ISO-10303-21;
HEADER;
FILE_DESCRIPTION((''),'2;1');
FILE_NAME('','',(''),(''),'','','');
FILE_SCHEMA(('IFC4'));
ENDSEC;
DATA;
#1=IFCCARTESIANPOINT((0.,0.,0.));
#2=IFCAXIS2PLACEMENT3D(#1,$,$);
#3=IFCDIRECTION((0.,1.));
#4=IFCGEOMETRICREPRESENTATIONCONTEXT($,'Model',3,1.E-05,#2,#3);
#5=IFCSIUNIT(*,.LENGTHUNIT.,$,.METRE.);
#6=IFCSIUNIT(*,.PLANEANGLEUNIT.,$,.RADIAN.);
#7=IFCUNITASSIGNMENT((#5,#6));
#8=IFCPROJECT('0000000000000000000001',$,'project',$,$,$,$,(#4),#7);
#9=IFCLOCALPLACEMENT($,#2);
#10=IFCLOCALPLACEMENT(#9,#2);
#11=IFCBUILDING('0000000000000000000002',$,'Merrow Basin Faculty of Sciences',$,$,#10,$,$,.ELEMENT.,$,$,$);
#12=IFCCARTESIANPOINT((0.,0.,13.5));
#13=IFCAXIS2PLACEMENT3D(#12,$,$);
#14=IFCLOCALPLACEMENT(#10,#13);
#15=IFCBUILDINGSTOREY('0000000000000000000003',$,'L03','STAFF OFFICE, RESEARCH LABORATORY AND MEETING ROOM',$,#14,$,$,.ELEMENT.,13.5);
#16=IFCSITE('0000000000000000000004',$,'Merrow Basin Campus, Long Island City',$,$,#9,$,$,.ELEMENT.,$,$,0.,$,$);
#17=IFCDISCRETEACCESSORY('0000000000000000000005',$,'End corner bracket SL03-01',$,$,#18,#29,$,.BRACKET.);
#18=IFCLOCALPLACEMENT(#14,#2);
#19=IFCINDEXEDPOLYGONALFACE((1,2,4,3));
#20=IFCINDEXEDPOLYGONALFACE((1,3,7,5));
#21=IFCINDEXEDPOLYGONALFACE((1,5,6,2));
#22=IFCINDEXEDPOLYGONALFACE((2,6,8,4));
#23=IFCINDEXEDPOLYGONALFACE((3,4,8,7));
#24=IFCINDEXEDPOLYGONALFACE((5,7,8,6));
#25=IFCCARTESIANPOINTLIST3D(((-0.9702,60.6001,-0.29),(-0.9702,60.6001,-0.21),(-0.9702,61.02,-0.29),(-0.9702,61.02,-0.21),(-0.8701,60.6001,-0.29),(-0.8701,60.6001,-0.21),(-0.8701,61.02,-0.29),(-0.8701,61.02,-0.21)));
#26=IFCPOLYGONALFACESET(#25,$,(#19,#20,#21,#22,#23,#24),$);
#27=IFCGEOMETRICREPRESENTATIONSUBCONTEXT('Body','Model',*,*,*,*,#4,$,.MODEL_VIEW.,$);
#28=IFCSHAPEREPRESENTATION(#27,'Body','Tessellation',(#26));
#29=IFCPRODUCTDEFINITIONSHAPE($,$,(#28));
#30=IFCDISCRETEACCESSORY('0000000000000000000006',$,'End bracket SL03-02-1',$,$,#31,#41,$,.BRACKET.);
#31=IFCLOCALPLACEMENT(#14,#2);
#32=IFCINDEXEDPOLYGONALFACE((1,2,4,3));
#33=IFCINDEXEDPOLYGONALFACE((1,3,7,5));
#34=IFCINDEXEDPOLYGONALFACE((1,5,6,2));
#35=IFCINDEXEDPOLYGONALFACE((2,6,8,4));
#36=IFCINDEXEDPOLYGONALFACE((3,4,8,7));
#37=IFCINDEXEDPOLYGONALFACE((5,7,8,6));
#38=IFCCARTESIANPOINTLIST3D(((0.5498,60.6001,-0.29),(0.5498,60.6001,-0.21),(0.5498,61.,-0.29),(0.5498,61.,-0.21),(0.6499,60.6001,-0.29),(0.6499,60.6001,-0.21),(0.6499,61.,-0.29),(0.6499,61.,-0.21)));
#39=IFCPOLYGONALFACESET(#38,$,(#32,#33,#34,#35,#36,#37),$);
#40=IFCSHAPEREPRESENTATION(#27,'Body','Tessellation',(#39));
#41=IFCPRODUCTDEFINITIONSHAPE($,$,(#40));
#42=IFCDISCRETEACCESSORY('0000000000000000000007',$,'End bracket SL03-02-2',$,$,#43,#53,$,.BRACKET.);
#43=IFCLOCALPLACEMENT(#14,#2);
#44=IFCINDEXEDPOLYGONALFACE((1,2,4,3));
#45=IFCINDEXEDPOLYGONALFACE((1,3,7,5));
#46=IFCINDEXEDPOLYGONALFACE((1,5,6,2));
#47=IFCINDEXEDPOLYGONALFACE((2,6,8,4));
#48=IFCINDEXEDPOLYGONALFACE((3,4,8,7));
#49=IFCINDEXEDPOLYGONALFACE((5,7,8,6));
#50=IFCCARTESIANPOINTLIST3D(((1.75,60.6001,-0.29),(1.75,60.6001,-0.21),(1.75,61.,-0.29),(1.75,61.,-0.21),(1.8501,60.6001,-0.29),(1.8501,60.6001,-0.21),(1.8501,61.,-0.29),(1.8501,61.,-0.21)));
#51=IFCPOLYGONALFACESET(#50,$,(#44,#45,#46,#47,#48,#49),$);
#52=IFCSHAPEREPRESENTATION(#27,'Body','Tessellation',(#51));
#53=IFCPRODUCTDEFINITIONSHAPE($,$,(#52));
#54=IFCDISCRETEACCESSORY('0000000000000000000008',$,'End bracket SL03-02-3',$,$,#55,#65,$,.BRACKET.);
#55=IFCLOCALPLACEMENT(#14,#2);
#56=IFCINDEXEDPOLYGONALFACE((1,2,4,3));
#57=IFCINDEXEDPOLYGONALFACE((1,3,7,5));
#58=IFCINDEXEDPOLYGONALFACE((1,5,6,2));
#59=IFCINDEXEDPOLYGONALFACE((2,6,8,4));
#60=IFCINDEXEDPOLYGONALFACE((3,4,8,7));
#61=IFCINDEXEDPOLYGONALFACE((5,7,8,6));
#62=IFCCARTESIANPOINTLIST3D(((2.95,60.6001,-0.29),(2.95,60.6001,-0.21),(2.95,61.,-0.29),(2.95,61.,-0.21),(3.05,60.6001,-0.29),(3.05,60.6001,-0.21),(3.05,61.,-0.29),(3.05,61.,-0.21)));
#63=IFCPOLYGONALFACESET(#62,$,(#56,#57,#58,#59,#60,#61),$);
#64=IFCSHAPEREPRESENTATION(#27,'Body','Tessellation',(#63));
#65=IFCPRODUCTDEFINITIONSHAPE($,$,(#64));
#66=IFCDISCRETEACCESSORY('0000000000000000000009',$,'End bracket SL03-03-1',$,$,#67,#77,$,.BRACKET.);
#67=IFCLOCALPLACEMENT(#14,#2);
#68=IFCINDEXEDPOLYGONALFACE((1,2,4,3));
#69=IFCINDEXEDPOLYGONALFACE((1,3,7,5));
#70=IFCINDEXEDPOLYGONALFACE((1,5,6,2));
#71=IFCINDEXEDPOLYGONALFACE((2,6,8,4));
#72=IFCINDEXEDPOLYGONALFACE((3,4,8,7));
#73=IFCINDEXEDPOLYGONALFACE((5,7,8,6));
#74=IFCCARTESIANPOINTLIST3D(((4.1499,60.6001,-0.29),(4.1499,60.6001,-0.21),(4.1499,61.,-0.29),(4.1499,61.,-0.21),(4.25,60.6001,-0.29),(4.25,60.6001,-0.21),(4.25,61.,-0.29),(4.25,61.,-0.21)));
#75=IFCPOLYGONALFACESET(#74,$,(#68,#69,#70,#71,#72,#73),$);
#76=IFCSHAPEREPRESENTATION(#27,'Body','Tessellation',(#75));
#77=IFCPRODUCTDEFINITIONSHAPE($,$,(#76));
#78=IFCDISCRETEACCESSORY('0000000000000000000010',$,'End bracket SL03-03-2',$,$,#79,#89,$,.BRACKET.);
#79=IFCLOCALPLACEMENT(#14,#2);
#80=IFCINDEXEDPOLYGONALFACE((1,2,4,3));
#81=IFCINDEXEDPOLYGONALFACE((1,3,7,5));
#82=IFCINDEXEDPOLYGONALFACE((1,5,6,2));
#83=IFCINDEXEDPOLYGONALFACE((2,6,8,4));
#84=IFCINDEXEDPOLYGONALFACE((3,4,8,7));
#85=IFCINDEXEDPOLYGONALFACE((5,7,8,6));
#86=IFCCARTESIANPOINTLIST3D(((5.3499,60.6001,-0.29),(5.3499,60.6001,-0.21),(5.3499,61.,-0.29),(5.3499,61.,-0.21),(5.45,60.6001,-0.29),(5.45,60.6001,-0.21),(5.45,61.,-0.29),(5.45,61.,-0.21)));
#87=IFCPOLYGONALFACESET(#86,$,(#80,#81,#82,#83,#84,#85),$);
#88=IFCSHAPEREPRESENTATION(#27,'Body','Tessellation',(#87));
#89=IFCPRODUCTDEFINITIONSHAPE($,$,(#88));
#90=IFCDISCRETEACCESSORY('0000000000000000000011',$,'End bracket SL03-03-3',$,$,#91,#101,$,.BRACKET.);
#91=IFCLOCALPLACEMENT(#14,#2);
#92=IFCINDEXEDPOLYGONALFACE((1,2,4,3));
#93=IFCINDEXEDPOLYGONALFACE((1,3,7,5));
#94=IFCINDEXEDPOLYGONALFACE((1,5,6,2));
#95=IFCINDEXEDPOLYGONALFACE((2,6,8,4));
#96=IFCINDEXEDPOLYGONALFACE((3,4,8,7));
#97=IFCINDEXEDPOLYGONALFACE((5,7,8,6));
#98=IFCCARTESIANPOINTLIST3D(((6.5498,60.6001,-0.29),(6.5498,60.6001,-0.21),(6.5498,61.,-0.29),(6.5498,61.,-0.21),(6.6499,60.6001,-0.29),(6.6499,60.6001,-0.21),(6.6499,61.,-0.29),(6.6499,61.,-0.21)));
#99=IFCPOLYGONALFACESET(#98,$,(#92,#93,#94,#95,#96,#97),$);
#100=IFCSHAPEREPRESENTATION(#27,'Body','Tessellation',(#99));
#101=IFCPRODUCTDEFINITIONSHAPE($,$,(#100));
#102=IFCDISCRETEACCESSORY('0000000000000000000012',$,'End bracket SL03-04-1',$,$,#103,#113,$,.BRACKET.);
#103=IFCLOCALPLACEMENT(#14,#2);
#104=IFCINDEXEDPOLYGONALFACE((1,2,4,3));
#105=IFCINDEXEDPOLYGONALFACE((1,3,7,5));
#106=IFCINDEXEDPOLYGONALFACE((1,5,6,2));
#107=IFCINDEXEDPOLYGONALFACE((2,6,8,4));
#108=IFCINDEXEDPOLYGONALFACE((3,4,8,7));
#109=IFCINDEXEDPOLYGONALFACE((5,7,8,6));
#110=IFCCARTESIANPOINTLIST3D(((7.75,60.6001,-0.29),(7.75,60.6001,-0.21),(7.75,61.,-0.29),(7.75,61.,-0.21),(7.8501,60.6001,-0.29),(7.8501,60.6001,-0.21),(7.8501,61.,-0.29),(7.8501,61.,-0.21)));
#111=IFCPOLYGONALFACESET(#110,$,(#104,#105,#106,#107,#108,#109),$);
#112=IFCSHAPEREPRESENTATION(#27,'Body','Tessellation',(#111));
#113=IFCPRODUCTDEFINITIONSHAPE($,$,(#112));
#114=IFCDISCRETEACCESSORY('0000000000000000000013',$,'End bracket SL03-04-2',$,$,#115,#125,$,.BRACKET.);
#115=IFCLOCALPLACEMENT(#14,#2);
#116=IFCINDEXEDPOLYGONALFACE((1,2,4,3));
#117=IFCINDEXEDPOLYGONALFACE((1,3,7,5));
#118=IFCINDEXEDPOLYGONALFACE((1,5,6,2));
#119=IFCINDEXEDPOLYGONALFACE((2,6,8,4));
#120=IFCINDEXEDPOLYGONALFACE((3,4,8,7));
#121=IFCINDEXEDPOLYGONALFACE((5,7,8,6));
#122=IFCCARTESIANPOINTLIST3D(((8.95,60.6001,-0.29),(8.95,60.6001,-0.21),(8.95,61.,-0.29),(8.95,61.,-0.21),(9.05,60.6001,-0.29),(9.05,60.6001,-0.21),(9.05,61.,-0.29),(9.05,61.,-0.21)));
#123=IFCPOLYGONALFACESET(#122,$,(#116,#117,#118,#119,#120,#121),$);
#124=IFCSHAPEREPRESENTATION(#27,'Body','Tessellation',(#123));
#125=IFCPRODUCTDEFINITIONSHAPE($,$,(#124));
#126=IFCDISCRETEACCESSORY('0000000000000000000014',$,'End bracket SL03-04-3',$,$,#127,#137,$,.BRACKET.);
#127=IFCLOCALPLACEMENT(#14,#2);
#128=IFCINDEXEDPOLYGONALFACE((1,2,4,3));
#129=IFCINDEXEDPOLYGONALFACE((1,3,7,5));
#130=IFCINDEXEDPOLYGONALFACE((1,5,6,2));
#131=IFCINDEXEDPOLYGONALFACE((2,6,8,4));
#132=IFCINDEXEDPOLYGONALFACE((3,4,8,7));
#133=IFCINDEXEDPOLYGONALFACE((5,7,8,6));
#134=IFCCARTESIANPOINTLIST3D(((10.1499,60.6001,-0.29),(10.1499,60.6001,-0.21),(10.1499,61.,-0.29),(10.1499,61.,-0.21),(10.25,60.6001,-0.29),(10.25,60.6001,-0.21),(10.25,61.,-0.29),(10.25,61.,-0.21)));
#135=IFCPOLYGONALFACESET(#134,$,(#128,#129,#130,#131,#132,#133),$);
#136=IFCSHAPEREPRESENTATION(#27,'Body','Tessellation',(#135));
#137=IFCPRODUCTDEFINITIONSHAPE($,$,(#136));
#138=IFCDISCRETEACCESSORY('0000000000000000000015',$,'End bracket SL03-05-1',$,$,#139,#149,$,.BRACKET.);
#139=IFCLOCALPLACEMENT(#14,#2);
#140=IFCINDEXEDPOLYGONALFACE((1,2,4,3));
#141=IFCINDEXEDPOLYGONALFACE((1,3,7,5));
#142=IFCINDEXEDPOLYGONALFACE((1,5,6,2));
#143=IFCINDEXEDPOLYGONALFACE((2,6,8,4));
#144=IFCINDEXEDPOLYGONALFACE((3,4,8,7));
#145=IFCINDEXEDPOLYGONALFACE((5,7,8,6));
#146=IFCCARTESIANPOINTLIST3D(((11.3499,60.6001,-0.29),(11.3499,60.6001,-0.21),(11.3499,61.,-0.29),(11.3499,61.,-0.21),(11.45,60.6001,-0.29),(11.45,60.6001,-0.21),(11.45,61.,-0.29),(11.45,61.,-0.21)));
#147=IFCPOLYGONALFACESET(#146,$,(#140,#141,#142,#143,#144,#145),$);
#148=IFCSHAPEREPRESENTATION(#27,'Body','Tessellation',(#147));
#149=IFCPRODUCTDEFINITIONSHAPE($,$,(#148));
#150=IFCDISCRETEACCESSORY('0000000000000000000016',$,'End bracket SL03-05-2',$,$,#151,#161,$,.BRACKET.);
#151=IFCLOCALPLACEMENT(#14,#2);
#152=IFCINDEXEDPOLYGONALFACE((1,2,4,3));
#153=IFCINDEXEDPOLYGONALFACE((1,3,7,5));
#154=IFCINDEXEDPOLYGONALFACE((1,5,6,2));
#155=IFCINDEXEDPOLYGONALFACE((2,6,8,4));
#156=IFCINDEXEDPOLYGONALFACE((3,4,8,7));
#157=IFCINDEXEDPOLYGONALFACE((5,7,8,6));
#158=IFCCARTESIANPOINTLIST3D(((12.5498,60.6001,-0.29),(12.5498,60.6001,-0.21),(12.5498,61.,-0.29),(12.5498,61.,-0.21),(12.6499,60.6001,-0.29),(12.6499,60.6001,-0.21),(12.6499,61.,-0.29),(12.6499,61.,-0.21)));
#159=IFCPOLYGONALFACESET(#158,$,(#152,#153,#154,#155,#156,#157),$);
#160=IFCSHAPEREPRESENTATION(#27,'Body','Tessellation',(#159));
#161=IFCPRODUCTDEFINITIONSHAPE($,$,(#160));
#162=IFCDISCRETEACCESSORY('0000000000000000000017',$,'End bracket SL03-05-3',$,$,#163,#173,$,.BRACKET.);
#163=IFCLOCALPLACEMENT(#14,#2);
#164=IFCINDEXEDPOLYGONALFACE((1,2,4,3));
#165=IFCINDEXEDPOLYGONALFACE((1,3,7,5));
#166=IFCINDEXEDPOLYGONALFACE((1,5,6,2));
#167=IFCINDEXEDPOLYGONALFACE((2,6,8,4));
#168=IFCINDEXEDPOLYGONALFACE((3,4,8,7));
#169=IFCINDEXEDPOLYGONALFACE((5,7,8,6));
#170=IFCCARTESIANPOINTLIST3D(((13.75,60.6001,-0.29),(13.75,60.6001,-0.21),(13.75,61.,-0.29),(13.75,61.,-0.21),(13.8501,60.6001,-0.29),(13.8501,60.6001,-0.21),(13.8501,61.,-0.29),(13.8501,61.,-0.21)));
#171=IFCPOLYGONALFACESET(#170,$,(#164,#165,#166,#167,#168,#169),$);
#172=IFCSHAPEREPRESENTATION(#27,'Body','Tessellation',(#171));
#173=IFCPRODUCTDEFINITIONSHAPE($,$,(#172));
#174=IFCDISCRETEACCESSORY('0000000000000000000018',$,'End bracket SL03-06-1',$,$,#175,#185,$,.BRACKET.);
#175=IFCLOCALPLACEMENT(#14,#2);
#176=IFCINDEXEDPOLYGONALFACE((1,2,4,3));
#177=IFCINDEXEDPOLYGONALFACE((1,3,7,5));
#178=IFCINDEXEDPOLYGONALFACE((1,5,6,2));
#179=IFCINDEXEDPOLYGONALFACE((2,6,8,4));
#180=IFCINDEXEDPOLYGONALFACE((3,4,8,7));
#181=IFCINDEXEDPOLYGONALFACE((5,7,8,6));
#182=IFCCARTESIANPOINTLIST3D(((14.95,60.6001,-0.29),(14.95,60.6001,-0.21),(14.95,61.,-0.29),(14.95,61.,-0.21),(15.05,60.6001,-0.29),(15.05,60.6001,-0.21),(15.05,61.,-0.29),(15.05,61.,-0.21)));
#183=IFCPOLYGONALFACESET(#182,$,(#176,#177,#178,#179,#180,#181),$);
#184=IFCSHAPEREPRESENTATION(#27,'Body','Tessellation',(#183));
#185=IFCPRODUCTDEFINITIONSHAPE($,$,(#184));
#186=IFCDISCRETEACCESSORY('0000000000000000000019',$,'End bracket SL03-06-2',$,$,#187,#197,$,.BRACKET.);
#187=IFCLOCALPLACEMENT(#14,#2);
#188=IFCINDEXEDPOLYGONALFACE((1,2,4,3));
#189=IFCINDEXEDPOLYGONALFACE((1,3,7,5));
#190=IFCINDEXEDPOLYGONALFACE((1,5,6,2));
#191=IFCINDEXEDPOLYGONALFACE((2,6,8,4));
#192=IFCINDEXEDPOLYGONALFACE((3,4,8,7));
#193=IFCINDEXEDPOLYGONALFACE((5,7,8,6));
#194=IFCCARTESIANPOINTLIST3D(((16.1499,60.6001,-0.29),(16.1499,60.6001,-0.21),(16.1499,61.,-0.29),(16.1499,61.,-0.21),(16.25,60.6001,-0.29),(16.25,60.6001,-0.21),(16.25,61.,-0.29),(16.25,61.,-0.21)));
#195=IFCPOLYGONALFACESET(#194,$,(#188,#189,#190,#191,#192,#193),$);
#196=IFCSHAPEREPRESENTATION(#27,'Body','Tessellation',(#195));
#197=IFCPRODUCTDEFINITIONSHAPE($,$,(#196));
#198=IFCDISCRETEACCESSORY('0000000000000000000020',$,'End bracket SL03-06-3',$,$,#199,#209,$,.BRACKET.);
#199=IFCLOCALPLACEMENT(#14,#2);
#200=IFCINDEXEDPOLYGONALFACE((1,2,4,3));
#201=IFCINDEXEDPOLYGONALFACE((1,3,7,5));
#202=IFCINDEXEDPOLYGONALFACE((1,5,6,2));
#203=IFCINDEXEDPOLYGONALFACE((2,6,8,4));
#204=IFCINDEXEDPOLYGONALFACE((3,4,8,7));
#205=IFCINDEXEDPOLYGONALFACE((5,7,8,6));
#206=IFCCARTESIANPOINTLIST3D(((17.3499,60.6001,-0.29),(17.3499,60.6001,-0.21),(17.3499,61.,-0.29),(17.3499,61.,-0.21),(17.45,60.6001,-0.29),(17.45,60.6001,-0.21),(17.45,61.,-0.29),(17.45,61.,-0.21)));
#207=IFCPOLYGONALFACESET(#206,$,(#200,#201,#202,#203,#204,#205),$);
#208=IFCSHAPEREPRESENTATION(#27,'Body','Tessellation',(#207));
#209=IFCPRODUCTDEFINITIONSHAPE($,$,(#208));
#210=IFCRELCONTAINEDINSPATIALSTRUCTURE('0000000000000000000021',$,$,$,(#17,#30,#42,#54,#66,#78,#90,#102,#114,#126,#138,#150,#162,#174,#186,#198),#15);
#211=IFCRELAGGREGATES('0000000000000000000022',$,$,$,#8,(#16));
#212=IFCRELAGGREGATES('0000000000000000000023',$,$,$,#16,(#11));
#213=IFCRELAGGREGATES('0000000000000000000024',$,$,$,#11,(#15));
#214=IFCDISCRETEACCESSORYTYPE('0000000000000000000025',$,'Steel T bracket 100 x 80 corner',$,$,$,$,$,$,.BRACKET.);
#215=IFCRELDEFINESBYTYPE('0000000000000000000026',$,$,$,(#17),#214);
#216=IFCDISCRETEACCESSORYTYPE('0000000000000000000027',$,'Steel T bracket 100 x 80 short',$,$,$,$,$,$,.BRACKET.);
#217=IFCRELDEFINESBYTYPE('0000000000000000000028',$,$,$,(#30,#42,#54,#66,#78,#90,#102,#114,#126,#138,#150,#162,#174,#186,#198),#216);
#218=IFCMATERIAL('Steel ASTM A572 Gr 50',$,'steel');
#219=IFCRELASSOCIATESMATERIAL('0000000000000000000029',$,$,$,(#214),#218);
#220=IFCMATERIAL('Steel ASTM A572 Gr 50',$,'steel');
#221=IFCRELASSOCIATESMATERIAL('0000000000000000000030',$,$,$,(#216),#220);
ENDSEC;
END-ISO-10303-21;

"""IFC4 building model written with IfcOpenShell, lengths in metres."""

from ifc_helpers import new_model, si_unit, direction, frame, origin, place, context, subcontext, project, spatial, polyline, outline, extrude, source, transform, mapped, material, type_object, element, save


model = new_model("IFC4")

# Units and contexts
model_context = context("Model", 3, precision=1e-05, world=origin(), true_north=direction((0.0, 1.0)))
body_context = subcontext(model_context, "Body", "Model", "MODEL_VIEW")
ifc_project = project(units=[si_unit("LENGTHUNIT", "METRE"), si_unit("PLANEANGLEUNIT", "RADIAN")], contexts=[model_context])

# Site, building, storey
site_placement = place(None, origin())
site = spatial("IfcSite", under=ifc_project, at=site_placement, Name="Merrow Basin Campus, Long Island City", CompositionType="ELEMENT", RefElevation=0.0)
building_placement = place(site_placement, origin())
building = spatial("IfcBuilding", under=site, at=building_placement, Name="Merrow Basin Faculty of Sciences", CompositionType="ELEMENT")
storey_placement = place(building_placement, frame((0.0, 0.0, 13.5)))
storey = spatial("IfcBuildingStorey", under=building, at=storey_placement, Name="L03", Description="STAFF OFFICE, RESEARCH LABORATORY AND MEETING ROOM", CompositionType="ELEMENT", Elevation=13.5)

# Discrete accessories
ifc_material_1 = material(Name="Steel ASTM A572 Gr 50", Category="steel")
discrete_accessory_type_1 = type_object("IfcDiscreteAccessoryType", Name="Steel T bracket 100 x 80 corner", PredefinedType="BRACKET", material=ifc_material_1)
shared_shape_1 = source(origin(), body_context, "Body", "SweptSolid", [
    extrude(outline(polyline([(0.0, 0.0), (0.1001, 0.0), (0.1001, 0.0801), (0.0, 0.0801), (0.0, 0.0)])), origin(), (0.0, 0.0, 1.0), 0.4199),
])
discrete_accessory_placement = place(storey_placement, frame((-0.8701, 60.6001, -0.29), z_axis=(0.0, 1.0, 0.0), x_axis=(-1.0, 0.0, 0.0)))
element("IfcDiscreteAccessory", 1, at=discrete_accessory_placement, inside=storey, type_object=discrete_accessory_type_1, Name="End corner bracket SL03-01", PredefinedType="BRACKET", context=body_context, shape_type="MappedRepresentation", body=[
    mapped(shared_shape_1, transform((0.0, 0.0, 0.0), scale=1.0)),
])
ifc_material_2 = material(Name="Steel ASTM A572 Gr 50", Category="steel")
discrete_accessory_type_2 = type_object("IfcDiscreteAccessoryType", Name="Steel T bracket 100 x 80 short", PredefinedType="BRACKET", material=ifc_material_2)
shared_shape_2 = source(origin(), body_context, "Body", "SweptSolid", [
    extrude(outline(polyline([(0.0, 0.0), (0.1001, 0.0), (0.1001, 0.0801), (0.0, 0.0801), (0.0, 0.0)])), origin(), (0.0, 0.0, 1.0), 0.3999),
])
for number, where, z_axis, x_axis, name in (
    (2, (0.6499, 60.6001, -0.29), (0.0, 1.0, 0.0), (-1.0, 0.0, 0.0), "End bracket SL03-02-1"),
    (3, (1.8501, 60.6001, -0.29), (0.0, 1.0, 0.0), (-1.0, 0.0, 0.0), "End bracket SL03-02-2"),
    (4, (3.05, 60.6001, -0.29), (0.0, 1.0, 0.0), (-1.0, 0.0, 0.0), "End bracket SL03-02-3"),
    (5, (4.25, 60.6001, -0.29), (0.0, 1.0, 0.0), (-1.0, 0.0, 0.0), "End bracket SL03-03-1"),
    (6, (5.45, 60.6001, -0.29), (0.0, 1.0, 0.0), (-1.0, 0.0, 0.0), "End bracket SL03-03-2"),
    (7, (6.6499, 60.6001, -0.29), (0.0, 1.0, 0.0), (-1.0, 0.0, 0.0), "End bracket SL03-03-3"),
    (8, (7.8501, 60.6001, -0.29), (0.0, 1.0, 0.0), (-1.0, 0.0, 0.0), "End bracket SL03-04-1"),
    (9, (9.05, 60.6001, -0.29), (0.0, 1.0, 0.0), (-1.0, 0.0, 0.0), "End bracket SL03-04-2"),
    (10, (10.25, 60.6001, -0.29), (0.0, 1.0, 0.0), (-1.0, 0.0, 0.0), "End bracket SL03-04-3"),
    (11, (11.45, 60.6001, -0.29), (0.0, 1.0, 0.0), (-1.0, 0.0, 0.0), "End bracket SL03-05-1"),
    (12, (12.6499, 60.6001, -0.29), (0.0, 1.0, 0.0), (-1.0, 0.0, 0.0), "End bracket SL03-05-2"),
    (13, (13.8501, 60.6001, -0.29), (0.0, 1.0, 0.0), (-1.0, 0.0, 0.0), "End bracket SL03-05-3"),
    (14, (15.05, 60.6001, -0.29), (0.0, 1.0, 0.0), (-1.0, 0.0, 0.0), "End bracket SL03-06-1"),
    (15, (16.25, 60.6001, -0.29), (0.0, 1.0, 0.0), (-1.0, 0.0, 0.0), "End bracket SL03-06-2"),
    (16, (17.45, 60.6001, -0.29), (0.0, 1.0, 0.0), (-1.0, 0.0, 0.0), "End bracket SL03-06-3"),
):
    element("IfcDiscreteAccessory", number, at=place(storey_placement, frame(where, z_axis=z_axis, x_axis=x_axis)), inside=storey, type_object=discrete_accessory_type_2, Name=name, PredefinedType="BRACKET", context=body_context, shape_type="MappedRepresentation", body=[
        mapped(shared_shape_2, transform((0.0, 0.0, 0.0), scale=1.0)),
    ])

save(model, "model.ifc")
